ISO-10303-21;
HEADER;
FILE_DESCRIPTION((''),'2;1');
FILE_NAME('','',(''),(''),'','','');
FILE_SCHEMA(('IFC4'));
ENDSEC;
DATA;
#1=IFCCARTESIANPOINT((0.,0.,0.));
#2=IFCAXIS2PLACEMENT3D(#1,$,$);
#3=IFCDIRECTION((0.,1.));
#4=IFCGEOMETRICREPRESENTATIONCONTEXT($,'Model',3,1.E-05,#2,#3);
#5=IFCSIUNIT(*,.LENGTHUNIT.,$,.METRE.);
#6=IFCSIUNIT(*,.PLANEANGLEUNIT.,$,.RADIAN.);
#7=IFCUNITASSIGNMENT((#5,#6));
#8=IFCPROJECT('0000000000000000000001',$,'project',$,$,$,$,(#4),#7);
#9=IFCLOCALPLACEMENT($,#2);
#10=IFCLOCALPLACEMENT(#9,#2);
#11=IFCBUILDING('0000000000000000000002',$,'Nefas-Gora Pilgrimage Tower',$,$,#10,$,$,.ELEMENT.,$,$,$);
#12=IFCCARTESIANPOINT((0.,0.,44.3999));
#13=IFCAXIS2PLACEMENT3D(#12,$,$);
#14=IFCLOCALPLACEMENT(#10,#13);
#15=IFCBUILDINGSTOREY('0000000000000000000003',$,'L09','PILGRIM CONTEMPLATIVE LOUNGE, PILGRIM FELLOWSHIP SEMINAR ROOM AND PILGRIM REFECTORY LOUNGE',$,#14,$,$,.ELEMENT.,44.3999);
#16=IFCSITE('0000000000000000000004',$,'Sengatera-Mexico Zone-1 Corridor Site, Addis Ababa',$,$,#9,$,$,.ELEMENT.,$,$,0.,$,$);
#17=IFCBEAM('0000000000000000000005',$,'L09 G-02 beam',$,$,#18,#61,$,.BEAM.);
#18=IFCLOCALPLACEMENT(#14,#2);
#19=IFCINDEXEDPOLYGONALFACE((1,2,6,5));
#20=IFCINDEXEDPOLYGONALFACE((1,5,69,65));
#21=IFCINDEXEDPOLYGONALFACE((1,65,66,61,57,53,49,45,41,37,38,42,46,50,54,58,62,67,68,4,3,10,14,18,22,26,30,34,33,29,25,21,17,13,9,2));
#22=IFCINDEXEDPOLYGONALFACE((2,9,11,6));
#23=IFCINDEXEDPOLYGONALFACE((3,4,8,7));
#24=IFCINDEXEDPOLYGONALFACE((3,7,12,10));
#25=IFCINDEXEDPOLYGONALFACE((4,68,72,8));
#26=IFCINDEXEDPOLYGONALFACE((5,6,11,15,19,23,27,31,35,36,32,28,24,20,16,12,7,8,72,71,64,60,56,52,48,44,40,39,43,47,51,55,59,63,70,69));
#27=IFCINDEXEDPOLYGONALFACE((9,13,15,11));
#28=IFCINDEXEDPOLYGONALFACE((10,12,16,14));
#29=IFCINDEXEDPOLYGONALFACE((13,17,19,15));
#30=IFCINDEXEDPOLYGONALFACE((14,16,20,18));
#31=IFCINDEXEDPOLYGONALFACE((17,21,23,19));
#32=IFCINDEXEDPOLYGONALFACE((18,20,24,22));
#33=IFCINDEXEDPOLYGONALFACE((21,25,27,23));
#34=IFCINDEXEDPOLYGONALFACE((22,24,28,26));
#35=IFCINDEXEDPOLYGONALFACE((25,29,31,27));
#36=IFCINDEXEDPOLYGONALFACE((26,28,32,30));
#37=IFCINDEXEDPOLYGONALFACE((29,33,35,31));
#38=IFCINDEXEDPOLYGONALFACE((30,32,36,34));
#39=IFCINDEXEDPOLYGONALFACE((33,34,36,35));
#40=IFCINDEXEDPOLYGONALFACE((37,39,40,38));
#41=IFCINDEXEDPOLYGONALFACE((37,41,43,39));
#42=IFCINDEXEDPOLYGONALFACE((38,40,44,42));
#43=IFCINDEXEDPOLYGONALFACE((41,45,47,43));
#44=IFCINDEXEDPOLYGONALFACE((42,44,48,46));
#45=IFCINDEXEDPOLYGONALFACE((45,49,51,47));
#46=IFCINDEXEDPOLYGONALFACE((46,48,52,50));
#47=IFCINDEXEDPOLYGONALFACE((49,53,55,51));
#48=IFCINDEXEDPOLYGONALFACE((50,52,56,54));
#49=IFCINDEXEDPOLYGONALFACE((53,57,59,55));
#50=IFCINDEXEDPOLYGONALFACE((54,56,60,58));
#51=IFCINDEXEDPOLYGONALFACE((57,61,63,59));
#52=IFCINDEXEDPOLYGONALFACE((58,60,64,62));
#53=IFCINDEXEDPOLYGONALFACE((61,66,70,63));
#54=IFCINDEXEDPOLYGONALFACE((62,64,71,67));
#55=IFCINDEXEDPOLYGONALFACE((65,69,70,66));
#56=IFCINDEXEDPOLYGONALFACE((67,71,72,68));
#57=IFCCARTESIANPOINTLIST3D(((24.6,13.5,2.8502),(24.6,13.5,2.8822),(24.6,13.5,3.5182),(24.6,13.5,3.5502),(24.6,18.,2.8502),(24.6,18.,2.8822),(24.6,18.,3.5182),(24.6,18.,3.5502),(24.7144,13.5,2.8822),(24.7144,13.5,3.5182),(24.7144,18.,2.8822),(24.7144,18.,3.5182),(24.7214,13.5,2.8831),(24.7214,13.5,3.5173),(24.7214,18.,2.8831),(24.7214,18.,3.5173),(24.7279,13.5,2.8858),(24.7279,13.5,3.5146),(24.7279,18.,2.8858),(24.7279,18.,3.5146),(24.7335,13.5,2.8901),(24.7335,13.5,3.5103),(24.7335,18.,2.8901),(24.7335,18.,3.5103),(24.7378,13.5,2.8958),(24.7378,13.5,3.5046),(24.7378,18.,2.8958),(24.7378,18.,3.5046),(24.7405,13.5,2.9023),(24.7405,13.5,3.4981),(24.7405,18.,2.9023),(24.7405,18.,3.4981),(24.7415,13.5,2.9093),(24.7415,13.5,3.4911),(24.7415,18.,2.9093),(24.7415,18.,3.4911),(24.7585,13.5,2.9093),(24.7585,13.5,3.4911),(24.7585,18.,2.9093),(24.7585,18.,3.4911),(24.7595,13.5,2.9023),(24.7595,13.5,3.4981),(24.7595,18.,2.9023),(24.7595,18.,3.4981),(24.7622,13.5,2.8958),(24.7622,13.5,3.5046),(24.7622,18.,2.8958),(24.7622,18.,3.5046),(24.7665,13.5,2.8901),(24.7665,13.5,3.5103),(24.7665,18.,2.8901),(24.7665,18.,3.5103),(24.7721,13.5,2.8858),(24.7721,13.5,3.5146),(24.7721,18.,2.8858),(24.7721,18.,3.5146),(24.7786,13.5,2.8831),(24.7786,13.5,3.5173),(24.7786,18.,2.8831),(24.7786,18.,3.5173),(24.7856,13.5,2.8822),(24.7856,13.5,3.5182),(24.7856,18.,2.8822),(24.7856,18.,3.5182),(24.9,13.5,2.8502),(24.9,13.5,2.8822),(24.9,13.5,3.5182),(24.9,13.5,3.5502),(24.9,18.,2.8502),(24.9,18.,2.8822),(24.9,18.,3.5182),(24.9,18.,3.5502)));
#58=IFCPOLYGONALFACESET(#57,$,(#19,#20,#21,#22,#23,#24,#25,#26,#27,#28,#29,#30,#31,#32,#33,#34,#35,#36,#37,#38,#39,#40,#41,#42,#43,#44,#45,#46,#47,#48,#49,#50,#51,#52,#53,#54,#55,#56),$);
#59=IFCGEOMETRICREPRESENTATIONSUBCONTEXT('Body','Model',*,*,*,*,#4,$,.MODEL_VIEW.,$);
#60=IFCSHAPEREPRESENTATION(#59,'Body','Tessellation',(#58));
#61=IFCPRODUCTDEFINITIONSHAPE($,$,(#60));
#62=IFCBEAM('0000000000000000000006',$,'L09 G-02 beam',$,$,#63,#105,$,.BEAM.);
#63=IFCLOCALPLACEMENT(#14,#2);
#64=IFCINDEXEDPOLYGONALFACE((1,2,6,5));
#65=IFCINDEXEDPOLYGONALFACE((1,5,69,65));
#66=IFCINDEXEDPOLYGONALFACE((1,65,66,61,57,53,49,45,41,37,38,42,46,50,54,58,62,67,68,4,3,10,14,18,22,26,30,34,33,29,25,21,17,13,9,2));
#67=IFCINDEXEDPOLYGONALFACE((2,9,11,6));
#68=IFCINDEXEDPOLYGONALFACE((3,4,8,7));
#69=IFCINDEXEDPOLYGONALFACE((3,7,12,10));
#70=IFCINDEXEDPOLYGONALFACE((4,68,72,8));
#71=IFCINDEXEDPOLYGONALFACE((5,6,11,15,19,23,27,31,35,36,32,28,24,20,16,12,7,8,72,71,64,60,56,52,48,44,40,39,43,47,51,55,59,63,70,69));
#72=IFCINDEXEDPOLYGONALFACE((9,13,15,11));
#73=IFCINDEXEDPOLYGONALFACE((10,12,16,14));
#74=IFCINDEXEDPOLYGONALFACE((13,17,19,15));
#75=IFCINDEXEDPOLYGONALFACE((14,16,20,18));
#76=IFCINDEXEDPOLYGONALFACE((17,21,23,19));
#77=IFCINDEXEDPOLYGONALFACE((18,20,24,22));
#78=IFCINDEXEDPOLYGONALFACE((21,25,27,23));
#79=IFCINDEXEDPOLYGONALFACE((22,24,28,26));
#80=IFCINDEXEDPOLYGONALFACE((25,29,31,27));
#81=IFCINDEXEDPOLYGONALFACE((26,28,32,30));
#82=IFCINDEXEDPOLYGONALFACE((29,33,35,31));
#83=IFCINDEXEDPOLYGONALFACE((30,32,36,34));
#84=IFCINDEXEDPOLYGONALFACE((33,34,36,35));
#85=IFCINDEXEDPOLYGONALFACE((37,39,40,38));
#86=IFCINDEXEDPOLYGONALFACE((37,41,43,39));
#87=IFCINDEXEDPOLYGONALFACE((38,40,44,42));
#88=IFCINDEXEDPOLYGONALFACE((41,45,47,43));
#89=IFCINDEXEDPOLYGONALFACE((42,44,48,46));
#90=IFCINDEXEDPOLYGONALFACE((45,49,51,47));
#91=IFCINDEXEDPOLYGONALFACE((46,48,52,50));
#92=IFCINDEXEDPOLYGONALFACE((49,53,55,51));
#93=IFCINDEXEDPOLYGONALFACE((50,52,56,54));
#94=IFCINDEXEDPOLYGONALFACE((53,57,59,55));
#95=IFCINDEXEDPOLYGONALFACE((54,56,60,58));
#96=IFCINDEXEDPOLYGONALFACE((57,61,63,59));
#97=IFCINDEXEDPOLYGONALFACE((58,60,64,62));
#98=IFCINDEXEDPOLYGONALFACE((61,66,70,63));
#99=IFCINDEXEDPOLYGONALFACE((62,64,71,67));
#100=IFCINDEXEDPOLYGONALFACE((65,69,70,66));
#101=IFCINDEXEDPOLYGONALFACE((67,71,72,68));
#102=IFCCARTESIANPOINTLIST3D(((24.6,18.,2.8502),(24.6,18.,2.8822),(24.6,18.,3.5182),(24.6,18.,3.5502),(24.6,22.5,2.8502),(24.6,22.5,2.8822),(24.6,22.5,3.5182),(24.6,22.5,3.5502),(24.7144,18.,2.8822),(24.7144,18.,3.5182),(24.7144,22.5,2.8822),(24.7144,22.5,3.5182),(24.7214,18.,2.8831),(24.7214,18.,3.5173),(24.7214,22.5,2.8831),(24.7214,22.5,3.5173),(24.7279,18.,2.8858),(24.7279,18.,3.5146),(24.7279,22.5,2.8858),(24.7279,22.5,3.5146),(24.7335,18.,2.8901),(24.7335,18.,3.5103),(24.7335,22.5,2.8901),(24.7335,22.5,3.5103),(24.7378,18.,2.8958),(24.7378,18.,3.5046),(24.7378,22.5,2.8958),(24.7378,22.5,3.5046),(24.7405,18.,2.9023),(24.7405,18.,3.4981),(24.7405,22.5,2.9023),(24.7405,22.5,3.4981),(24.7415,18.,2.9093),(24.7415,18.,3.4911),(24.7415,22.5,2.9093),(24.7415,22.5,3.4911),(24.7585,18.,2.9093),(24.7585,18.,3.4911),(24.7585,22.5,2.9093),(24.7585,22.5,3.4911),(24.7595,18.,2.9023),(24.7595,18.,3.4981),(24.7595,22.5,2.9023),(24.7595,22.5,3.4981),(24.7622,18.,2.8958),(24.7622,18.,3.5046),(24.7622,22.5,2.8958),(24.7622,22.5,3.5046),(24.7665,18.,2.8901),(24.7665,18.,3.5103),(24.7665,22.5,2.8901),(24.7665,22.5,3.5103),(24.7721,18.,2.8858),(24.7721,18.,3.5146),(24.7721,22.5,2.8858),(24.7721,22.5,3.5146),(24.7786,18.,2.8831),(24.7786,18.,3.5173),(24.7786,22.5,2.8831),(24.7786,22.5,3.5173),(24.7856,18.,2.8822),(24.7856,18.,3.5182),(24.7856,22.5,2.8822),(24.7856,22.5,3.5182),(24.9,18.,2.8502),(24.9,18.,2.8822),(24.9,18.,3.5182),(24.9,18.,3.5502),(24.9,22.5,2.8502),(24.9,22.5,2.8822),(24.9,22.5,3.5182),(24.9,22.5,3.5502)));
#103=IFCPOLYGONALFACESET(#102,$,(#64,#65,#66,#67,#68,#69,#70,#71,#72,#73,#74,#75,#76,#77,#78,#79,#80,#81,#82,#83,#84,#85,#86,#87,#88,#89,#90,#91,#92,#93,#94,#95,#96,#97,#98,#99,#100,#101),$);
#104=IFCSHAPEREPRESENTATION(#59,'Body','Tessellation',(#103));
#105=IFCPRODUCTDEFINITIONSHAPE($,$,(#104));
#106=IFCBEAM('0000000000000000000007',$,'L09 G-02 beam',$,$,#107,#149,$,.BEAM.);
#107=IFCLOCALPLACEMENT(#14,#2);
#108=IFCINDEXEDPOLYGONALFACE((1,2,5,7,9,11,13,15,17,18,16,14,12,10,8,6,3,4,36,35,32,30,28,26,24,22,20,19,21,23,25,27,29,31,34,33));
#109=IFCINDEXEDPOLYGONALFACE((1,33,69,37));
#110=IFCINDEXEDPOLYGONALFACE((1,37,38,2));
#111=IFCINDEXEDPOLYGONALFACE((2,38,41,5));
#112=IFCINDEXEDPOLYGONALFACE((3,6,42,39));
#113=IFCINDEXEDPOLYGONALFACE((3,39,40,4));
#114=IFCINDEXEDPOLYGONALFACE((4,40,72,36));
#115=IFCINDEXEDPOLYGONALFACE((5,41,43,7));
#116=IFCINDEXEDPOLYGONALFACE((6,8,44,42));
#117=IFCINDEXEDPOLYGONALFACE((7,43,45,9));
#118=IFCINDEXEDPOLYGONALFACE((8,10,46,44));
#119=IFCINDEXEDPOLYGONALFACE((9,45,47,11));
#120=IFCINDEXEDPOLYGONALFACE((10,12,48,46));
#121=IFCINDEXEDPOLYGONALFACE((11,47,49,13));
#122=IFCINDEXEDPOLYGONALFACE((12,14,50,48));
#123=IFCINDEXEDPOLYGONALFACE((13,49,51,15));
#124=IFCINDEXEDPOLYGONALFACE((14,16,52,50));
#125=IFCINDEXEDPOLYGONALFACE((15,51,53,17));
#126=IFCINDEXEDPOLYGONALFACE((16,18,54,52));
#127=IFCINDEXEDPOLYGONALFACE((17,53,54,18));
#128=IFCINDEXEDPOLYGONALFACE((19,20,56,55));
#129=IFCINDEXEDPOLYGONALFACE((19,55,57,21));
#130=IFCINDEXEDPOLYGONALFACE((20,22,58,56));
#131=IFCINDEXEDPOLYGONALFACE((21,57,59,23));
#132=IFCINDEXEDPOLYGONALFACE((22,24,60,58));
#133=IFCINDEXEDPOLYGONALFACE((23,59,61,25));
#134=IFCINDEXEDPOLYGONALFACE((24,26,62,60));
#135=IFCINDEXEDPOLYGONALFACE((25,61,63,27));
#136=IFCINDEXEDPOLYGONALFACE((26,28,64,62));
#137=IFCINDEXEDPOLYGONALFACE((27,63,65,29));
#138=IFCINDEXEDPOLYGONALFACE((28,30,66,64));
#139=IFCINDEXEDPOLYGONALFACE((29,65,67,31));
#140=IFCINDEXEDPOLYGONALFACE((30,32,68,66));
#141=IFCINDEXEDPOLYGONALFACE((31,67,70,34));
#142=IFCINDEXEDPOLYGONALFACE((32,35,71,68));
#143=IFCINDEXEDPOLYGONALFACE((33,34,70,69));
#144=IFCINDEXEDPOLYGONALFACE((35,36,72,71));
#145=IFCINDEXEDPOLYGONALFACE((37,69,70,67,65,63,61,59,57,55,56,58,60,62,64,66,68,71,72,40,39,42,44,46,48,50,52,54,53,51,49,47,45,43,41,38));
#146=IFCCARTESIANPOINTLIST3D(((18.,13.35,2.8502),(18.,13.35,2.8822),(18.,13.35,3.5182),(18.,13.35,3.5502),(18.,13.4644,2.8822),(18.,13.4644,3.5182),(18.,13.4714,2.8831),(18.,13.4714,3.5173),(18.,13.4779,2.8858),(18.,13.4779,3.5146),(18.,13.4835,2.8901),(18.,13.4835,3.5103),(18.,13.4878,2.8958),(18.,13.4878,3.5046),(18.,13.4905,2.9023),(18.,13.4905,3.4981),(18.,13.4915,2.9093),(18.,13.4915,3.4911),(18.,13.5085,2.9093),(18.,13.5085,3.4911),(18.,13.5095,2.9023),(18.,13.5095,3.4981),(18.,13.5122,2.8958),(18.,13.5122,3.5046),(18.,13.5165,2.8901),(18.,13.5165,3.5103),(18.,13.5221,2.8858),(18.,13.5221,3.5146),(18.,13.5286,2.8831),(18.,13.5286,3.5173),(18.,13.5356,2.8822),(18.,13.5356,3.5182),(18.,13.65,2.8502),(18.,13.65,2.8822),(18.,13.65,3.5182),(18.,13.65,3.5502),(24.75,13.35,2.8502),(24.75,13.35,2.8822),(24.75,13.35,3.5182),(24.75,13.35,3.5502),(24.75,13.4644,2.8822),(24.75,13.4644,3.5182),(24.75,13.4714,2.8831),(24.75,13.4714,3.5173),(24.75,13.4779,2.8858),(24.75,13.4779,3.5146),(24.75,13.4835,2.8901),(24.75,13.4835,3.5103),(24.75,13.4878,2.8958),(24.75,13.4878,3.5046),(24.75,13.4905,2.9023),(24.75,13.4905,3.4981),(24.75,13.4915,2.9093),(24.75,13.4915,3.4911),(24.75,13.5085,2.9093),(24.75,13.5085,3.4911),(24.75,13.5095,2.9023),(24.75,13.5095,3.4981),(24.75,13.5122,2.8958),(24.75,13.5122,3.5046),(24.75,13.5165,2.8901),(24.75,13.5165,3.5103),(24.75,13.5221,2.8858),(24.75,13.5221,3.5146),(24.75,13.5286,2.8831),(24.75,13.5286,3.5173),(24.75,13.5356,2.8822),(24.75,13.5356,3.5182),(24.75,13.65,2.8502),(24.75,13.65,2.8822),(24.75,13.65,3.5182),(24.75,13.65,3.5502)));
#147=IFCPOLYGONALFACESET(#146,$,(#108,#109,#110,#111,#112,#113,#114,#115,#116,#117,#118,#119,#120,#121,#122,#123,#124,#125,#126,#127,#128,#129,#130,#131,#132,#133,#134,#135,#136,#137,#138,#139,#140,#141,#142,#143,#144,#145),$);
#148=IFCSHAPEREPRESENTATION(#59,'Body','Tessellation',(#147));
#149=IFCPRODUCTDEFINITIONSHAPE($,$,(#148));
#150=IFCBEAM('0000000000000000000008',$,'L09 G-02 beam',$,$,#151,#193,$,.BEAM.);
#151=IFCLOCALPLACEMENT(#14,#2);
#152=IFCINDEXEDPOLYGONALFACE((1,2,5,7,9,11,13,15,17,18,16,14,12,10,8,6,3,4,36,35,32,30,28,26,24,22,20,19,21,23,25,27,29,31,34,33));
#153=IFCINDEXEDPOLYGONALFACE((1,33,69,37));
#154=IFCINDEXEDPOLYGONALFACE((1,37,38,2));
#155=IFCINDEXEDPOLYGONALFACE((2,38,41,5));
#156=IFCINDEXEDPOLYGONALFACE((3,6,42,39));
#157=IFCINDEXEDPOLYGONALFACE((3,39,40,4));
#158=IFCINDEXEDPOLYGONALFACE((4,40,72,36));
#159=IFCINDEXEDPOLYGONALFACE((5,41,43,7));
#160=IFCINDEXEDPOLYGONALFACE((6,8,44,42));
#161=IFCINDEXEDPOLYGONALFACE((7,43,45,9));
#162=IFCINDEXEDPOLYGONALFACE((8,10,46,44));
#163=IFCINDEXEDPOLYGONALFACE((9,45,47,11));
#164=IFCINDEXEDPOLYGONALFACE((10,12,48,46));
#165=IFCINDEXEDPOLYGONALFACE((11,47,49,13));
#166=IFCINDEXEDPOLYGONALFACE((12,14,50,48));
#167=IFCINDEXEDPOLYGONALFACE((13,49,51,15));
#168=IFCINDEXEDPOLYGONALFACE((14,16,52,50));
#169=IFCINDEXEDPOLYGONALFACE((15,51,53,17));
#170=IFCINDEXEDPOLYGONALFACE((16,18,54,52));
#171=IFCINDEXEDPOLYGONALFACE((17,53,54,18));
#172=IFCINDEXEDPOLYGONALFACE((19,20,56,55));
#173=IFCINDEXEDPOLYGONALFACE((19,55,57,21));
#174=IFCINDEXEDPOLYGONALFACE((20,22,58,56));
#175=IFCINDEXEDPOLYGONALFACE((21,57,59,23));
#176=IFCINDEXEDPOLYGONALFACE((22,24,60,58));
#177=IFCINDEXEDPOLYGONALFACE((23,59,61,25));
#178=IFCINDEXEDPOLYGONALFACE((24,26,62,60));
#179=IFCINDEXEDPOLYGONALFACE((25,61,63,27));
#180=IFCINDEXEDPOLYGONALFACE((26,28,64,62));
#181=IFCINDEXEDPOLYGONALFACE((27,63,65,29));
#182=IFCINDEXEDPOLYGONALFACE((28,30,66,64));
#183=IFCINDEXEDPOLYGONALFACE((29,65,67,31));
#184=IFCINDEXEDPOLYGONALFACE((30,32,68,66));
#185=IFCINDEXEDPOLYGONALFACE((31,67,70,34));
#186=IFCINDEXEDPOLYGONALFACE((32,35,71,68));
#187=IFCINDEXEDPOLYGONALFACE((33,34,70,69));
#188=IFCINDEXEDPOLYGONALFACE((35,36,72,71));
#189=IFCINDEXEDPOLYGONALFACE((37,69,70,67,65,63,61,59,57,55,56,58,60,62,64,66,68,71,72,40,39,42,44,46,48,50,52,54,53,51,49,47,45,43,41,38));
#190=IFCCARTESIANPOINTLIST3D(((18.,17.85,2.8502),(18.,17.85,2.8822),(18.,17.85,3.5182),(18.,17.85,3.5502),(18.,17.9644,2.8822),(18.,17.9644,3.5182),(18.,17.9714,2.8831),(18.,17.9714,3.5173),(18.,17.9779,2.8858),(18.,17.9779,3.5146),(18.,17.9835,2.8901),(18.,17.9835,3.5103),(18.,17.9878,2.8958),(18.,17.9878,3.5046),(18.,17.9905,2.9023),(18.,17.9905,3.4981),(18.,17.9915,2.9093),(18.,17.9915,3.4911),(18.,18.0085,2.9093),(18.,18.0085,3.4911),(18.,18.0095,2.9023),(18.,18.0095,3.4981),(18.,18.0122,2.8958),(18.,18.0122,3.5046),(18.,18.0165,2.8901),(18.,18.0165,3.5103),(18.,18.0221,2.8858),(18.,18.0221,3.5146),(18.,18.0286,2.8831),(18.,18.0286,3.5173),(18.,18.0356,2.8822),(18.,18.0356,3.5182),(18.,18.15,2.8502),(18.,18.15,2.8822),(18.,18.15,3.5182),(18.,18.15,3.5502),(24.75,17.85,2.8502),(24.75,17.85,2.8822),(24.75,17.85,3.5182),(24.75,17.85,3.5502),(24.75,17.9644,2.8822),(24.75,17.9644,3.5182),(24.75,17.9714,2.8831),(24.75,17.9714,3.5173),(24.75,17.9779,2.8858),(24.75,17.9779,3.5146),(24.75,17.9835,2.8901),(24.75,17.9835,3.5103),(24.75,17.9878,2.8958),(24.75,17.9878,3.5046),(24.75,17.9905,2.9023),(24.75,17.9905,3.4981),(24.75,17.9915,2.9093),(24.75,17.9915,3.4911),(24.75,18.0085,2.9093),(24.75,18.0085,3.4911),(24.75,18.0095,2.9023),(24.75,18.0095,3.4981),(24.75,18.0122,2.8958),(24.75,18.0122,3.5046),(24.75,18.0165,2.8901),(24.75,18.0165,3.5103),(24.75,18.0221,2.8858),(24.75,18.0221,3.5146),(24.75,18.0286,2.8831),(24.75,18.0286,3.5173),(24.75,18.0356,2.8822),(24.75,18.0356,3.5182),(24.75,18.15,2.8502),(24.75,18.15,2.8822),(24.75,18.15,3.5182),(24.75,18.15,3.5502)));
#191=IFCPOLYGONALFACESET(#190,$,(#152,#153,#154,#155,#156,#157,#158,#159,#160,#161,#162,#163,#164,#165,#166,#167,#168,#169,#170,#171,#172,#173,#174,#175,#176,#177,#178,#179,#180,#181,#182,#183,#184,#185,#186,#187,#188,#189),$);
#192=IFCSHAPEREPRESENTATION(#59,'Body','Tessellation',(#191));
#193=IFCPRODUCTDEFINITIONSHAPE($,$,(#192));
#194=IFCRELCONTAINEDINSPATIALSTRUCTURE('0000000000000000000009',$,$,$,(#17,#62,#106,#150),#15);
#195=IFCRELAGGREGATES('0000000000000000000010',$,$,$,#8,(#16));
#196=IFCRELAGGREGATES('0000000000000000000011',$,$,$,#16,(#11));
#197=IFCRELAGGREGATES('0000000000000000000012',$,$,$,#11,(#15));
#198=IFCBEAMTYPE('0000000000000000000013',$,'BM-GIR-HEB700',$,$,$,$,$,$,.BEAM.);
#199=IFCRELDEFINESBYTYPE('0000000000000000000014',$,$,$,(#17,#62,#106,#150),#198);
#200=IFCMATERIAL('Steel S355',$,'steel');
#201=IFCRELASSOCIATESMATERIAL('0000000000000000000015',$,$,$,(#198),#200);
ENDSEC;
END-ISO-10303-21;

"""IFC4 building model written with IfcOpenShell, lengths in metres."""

from ifc_helpers import new_model, si_unit, direction, frame, origin, origin_2d, place, context, subcontext, project, spatial, i_section, extrude, source, transform, mapped, material, material_profile, profile_set, type_object, element, save


model = new_model("IFC4")

# Units and contexts
model_context = context("Model", 3, precision=1e-05, world=origin(), true_north=direction((0.0, 1.0)))
body_context = subcontext(model_context, "Body", "Model", "MODEL_VIEW")
ifc_project = project(units=[si_unit("LENGTHUNIT", "METRE"), si_unit("PLANEANGLEUNIT", "RADIAN")], contexts=[model_context])

# Site, building, storey
site_placement = place(None, origin())
site = spatial("IfcSite", under=ifc_project, at=site_placement, Name="Sengatera-Mexico Zone-1 Corridor Site, Addis Ababa", CompositionType="ELEMENT", RefElevation=0.0)
building_placement = place(site_placement, origin())
building = spatial("IfcBuilding", under=site, at=building_placement, Name="Nefas-Gora Pilgrimage Tower", CompositionType="ELEMENT")
storey_placement = place(building_placement, frame((0.0, 0.0, 44.3999)))
storey = spatial("IfcBuildingStorey", under=building, at=storey_placement, Name="L09", Description="PILGRIM CONTEMPLATIVE LOUNGE, PILGRIM FELLOWSHIP SEMINAR ROOM AND PILGRIM REFECTORY LOUNGE", CompositionType="ELEMENT", Elevation=44.3999)

# Beams
ifc_material_1 = material(Name="Steel S355", Category="steel")
ifc_material_profile_1 = material_profile(ifc_material_1, i_section(OverallWidth=0.3, OverallDepth=0.7, WebThickness=0.0171, FlangeThickness=0.032, FilletRadius=0.0271, at=origin_2d()), Name="HEB 700")
ifc_profile_set_1 = profile_set([ifc_material_profile_1], Name="Steel S355")
beam_type_1 = type_object("IfcBeamType", Name="BM-GIR-HEB700", PredefinedType="BEAM", material=ifc_profile_set_1)
shared_shape_1 = source(origin(), body_context, "Body", "SweptSolid", [
    extrude(i_section(OverallWidth=0.3, OverallDepth=0.7, WebThickness=0.0171, FlangeThickness=0.032, FilletRadius=0.0271, at=origin_2d()), origin(), (0.0, 0.0, 1.0), 4.5),
])
for number, where, z_axis, x_axis, name in (
    (1, (24.75, 13.5, 3.2002), (0.0, 1.0, 0.0), (-1.0, 0.0, 0.0), "L09 G-02 beam"),
    (2, (24.75, 18.0, 3.2002), (0.0, 1.0, 0.0), (-1.0, 0.0, 0.0), "L09 G-02 beam"),
):
    element("IfcBeam", number, at=place(storey_placement, frame(where, z_axis=z_axis, x_axis=x_axis)), inside=storey, type_object=beam_type_1, Name=name, PredefinedType="BEAM", context=body_context, shape_type="MappedRepresentation", body=[
        mapped(shared_shape_1, transform((0.0, 0.0, 0.0), x_axis=(1.0, 0.0, 0.0), y_axis=(0.0, 1.0, 0.0), z_axis=(0.0, 0.0, 1.0), scale=1.0)),
    ])
shared_shape_2 = source(origin(), body_context, "Body", "SweptSolid", [
    extrude(i_section(OverallWidth=0.3, OverallDepth=0.7, WebThickness=0.0171, FlangeThickness=0.032, FilletRadius=0.0271, at=origin_2d()), origin(), (0.0, 0.0, 1.0), 6.75),
])
for number, where, z_axis, x_axis, name in (
    (3, (18.0, 13.5, 3.2002), (1.0, 0.0, 0.0), (0.0, 1.0, 0.0), "L09 G-02 beam"),
    (4, (18.0, 18.0, 3.2002), (1.0, 0.0, 0.0), (0.0, 1.0, 0.0), "L09 G-02 beam"),
):
    element("IfcBeam", number, at=place(storey_placement, frame(where, z_axis=z_axis, x_axis=x_axis)), inside=storey, type_object=beam_type_1, Name=name, PredefinedType="BEAM", context=body_context, shape_type="MappedRepresentation", body=[
        mapped(shared_shape_2, transform((0.0, 0.0, 0.0), x_axis=(1.0, 0.0, 0.0), y_axis=(0.0, 1.0, 0.0), z_axis=(0.0, 0.0, 1.0), scale=1.0)),
    ])

save(model, "model.ifc")
